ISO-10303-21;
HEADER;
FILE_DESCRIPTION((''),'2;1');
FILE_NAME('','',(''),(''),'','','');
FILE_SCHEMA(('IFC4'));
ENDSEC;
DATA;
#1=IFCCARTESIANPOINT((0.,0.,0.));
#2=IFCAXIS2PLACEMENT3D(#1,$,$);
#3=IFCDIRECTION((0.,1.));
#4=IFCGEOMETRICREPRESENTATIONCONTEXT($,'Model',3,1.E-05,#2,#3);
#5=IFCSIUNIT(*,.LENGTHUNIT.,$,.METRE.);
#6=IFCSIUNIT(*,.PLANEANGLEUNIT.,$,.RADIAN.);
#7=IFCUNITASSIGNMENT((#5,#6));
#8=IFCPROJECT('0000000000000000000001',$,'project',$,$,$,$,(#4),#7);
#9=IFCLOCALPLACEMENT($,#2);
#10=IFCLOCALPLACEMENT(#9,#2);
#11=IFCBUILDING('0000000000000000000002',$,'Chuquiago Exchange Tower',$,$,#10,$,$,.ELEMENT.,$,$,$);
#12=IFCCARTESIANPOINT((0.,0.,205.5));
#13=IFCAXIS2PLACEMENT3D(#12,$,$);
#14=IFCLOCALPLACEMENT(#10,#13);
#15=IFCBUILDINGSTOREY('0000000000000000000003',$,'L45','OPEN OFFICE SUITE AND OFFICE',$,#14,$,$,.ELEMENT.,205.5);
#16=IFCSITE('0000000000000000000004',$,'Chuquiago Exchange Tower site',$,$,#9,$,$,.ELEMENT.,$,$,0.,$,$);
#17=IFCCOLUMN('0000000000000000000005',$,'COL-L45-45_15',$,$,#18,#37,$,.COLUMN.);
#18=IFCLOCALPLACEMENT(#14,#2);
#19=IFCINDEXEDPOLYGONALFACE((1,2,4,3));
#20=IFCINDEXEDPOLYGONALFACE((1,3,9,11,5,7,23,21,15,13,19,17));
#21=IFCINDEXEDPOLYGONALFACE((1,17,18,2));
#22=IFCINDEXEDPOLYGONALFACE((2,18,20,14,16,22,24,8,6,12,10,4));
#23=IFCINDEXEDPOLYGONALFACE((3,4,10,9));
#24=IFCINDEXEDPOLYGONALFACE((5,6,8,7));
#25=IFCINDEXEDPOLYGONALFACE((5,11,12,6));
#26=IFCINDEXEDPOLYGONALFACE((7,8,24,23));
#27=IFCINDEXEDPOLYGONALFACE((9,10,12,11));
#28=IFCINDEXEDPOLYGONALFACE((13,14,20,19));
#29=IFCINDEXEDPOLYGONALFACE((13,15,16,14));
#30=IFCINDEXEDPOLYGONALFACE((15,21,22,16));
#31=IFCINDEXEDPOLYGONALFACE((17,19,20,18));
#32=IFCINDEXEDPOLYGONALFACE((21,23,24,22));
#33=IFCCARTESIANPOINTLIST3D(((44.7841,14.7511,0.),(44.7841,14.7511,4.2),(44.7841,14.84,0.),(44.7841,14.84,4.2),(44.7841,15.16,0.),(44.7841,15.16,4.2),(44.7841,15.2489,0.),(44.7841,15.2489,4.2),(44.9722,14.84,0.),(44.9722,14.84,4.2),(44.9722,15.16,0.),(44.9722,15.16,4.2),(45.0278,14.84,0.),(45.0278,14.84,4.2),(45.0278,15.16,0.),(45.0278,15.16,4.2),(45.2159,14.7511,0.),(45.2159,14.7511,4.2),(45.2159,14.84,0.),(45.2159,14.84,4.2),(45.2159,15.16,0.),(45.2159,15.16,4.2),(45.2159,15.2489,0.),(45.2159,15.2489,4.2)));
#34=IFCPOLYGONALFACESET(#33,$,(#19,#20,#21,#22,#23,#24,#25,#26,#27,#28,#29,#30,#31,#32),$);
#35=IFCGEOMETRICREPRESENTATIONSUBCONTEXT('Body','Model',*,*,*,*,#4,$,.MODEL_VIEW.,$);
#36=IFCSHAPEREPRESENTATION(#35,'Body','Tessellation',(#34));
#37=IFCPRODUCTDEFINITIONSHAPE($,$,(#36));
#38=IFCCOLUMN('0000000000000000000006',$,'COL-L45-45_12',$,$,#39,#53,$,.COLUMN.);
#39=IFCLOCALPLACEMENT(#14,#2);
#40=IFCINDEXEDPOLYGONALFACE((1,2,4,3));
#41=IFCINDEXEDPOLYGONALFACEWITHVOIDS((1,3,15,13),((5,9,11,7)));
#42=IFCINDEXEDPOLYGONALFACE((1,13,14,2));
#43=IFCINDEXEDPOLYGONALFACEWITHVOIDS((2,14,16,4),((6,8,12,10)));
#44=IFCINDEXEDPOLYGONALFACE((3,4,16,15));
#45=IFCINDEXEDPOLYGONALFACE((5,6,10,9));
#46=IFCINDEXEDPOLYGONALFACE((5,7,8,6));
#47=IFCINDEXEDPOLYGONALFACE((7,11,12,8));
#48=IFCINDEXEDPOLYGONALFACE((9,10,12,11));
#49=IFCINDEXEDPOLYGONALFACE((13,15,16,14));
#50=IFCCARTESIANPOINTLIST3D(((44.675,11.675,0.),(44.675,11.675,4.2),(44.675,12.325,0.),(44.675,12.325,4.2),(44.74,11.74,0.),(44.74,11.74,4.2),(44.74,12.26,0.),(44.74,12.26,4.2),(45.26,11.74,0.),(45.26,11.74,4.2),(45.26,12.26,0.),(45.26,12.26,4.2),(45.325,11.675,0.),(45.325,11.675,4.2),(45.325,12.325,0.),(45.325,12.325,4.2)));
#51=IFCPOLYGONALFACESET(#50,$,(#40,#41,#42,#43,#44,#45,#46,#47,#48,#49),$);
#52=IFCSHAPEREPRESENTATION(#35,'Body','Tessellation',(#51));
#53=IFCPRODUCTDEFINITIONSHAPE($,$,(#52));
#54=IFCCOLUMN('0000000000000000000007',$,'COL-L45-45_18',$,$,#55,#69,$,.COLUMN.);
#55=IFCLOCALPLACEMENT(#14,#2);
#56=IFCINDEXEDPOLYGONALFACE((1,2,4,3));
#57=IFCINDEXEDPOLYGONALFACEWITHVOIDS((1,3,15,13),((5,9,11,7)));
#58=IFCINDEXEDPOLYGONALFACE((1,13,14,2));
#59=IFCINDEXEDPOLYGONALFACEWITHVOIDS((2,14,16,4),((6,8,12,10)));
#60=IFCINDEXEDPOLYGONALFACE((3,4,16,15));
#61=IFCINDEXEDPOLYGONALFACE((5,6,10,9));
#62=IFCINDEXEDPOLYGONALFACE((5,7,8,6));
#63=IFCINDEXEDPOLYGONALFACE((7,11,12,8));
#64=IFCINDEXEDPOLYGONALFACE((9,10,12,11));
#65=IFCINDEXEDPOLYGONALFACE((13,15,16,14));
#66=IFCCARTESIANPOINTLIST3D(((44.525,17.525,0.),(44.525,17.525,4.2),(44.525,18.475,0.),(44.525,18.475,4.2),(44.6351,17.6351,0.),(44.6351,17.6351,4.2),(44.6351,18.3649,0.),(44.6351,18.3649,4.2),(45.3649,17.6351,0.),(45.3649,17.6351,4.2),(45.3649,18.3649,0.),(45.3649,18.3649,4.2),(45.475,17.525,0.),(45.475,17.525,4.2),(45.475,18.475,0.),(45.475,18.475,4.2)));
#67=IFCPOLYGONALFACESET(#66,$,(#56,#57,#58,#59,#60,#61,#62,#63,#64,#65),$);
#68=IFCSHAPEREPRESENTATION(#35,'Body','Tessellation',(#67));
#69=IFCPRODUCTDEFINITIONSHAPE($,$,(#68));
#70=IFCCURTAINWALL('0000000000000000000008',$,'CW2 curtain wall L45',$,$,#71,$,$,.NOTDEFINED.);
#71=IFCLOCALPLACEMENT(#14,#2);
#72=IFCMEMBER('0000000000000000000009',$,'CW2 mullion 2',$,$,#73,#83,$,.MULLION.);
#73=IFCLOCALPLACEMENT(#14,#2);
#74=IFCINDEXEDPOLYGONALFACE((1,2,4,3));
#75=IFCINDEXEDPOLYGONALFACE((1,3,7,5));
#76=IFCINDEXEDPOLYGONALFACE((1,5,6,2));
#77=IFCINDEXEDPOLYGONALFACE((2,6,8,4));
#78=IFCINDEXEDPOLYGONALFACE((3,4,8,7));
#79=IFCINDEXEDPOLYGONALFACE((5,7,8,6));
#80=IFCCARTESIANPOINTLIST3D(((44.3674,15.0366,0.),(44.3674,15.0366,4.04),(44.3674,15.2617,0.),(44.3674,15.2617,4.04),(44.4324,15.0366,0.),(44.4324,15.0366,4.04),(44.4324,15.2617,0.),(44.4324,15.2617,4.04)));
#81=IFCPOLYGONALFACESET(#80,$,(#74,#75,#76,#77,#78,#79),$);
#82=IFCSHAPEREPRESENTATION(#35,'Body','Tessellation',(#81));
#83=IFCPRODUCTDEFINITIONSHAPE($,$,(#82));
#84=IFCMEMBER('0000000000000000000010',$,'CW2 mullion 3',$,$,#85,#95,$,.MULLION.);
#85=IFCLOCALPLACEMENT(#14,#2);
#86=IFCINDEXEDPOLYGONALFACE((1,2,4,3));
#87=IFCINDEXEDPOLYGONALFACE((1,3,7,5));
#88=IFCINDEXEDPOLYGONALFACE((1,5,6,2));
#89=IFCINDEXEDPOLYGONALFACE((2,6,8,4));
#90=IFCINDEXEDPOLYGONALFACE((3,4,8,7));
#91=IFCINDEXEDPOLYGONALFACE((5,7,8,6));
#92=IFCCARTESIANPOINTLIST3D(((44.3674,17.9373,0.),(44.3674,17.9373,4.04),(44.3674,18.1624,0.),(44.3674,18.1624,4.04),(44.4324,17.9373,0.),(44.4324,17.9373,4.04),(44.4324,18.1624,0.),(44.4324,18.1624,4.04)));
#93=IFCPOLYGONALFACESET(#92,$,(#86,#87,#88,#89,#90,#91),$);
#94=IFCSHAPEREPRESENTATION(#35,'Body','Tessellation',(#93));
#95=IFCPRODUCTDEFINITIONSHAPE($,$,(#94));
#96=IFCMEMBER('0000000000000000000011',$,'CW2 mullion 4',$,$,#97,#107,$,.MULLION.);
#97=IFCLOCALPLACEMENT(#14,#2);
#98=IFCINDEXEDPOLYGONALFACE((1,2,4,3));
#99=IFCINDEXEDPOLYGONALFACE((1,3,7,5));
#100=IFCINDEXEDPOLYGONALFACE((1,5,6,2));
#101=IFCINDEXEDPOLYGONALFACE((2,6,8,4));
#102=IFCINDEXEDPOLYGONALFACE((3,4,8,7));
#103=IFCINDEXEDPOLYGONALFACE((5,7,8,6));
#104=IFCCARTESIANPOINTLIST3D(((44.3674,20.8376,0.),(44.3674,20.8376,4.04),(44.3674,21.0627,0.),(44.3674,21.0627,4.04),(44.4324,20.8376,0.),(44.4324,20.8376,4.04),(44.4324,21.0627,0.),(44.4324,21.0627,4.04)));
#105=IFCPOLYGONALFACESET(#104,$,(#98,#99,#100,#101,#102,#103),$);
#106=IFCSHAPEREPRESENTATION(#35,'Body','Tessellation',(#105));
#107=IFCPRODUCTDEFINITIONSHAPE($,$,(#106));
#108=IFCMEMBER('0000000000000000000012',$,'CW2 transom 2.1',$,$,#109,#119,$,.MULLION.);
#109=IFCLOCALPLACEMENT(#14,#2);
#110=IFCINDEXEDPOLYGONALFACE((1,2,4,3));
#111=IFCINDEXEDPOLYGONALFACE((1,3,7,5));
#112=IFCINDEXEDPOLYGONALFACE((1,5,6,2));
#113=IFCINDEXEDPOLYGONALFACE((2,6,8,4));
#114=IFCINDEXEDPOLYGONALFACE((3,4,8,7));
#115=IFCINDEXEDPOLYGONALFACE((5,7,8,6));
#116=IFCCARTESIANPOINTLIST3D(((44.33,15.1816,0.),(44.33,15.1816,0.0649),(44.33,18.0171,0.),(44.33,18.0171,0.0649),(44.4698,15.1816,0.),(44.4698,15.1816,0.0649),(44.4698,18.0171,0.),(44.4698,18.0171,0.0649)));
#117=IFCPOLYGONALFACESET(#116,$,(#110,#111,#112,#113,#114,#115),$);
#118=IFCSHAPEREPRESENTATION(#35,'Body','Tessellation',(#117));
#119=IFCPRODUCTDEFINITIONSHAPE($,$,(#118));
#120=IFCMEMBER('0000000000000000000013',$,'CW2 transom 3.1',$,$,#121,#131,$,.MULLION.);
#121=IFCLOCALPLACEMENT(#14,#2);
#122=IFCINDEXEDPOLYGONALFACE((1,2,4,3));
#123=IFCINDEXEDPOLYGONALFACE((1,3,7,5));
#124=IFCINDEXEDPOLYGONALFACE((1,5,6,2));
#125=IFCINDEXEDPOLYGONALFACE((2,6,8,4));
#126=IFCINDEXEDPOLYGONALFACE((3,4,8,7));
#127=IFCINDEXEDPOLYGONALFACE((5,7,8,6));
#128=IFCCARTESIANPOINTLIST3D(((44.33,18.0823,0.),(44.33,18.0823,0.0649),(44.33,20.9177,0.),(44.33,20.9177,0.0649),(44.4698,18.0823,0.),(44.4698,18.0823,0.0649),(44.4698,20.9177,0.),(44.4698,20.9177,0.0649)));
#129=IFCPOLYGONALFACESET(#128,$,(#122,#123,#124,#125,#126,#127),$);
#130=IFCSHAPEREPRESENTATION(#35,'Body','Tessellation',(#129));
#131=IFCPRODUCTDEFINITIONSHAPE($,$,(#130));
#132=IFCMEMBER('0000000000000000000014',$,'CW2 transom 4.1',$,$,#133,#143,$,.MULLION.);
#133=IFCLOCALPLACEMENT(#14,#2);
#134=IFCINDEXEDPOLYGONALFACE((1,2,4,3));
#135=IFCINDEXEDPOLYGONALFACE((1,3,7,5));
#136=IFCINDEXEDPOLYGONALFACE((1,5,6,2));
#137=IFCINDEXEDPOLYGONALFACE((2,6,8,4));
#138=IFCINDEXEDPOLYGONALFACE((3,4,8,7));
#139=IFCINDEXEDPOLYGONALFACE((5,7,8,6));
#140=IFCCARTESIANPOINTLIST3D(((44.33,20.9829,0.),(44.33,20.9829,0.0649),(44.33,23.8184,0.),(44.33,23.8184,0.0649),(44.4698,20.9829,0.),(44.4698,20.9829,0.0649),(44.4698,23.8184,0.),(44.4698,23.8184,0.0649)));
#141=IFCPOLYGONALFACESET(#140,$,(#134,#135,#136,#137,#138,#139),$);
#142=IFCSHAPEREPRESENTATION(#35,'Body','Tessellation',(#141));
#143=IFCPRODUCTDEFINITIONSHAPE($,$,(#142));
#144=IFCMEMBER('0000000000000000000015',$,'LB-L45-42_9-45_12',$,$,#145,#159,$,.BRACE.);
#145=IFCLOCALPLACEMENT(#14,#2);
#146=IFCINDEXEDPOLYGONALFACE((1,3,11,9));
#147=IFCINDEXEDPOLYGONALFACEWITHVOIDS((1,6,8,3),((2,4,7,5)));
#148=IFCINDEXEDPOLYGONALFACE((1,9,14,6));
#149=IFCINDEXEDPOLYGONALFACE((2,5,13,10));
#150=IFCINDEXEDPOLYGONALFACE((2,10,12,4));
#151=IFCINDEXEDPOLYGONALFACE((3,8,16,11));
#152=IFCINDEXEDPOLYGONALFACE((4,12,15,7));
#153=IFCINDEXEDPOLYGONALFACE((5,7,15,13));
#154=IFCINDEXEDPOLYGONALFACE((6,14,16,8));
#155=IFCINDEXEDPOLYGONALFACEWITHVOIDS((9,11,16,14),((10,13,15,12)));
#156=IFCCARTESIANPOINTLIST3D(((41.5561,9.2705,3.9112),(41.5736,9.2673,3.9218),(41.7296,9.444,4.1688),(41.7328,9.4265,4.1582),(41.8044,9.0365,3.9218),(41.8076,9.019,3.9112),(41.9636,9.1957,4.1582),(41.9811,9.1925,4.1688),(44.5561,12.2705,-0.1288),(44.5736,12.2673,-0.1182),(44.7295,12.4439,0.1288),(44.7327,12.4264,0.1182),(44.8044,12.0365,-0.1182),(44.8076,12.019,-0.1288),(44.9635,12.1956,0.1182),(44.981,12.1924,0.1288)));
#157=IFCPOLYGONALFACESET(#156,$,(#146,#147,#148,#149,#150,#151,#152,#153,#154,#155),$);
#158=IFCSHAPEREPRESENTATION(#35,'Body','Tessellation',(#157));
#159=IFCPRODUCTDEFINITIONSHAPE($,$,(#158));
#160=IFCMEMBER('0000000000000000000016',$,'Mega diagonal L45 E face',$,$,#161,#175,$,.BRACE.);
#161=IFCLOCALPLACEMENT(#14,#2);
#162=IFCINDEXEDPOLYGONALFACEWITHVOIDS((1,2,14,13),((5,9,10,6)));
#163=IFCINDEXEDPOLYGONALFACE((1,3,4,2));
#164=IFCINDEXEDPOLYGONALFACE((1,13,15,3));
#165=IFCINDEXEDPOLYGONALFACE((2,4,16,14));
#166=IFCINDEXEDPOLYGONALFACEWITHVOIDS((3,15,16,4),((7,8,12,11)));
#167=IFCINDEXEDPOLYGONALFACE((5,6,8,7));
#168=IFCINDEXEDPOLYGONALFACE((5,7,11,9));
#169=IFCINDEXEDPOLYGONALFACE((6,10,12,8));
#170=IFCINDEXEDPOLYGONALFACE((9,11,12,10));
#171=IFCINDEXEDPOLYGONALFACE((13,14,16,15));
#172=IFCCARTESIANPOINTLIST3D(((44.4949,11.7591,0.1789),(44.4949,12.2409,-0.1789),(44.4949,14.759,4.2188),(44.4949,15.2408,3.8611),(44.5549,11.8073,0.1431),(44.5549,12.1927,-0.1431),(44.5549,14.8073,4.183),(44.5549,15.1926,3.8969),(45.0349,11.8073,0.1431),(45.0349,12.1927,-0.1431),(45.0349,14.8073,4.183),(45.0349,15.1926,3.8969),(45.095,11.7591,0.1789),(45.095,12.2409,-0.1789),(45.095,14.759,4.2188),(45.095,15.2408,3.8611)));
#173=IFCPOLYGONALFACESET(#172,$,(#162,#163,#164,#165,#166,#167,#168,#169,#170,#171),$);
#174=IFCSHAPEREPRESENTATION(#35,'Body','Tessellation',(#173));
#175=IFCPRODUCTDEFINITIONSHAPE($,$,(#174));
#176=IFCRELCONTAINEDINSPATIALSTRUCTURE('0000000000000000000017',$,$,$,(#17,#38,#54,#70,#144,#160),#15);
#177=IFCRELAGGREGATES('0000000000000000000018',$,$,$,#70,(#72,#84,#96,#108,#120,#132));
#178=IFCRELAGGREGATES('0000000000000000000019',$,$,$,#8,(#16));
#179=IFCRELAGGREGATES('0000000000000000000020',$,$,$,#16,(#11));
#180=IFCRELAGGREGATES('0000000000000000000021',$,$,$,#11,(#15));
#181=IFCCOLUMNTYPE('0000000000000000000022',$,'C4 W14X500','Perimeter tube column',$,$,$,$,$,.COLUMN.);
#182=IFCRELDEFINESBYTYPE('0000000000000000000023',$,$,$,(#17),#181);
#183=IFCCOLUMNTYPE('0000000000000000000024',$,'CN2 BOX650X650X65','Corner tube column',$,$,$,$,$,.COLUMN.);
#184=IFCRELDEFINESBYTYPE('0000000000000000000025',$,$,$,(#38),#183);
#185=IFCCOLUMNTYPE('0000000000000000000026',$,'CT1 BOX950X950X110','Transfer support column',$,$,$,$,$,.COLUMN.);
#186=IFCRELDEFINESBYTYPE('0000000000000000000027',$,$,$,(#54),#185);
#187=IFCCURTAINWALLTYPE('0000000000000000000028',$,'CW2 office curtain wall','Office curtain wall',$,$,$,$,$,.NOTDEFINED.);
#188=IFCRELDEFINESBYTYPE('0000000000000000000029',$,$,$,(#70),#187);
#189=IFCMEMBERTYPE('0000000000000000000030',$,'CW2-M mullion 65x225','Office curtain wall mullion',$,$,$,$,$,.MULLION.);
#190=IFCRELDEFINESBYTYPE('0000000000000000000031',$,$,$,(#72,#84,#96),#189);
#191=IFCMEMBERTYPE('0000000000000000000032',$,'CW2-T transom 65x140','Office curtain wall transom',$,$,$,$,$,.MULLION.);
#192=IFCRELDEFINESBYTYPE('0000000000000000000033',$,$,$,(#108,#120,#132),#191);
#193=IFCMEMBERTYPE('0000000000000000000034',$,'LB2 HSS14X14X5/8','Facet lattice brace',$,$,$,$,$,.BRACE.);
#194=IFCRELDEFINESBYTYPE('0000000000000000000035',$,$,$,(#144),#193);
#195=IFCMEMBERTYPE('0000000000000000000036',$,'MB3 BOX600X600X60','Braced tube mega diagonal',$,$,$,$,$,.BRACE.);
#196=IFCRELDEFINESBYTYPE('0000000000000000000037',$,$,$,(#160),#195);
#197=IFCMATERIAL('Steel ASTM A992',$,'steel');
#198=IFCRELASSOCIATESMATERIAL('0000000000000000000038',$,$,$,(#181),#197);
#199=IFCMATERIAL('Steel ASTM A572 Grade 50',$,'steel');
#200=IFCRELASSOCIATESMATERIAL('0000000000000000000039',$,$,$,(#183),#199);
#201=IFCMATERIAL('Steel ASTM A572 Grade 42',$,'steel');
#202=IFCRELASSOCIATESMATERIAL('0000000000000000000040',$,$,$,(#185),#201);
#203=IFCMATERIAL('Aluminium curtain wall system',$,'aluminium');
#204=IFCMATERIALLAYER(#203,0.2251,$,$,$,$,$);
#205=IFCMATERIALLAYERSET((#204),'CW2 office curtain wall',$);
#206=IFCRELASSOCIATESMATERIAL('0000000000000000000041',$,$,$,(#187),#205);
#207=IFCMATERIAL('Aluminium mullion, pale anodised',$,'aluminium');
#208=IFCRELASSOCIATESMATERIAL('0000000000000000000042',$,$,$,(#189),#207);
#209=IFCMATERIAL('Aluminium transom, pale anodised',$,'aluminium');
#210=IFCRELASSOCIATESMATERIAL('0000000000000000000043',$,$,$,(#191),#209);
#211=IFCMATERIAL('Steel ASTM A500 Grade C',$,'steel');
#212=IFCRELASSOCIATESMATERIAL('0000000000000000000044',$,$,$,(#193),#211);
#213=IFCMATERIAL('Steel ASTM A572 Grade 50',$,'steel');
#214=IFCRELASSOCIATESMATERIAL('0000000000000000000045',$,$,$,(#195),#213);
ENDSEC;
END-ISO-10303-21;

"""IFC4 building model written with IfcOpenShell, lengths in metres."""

from ifc_helpers import new_model, si_unit, direction, frame, origin, origin_2d, place, context, subcontext, project, spatial, rectangle, hollow_rectangle, i_section, extrude, material, layer, layer_set, material_profile, profile_set, type_object, element, aggregate, save


model = new_model("IFC4")

# Units and contexts
model_context = context("Model", 3, precision=1e-05, world=origin(), true_north=direction((0.0, 1.0)))
body_context = subcontext(model_context, "Body", "Model", "MODEL_VIEW")
ifc_project = project(units=[si_unit("LENGTHUNIT", "METRE"), si_unit("PLANEANGLEUNIT", "RADIAN")], contexts=[model_context])

# Site, building, storey
site_placement = place(None, origin())
site = spatial("IfcSite", under=ifc_project, at=site_placement, Name="Chuquiago Exchange Tower site", CompositionType="ELEMENT", RefElevation=0.0)
building_placement = place(site_placement, origin())
building = spatial("IfcBuilding", under=site, at=building_placement, Name="Chuquiago Exchange Tower", CompositionType="ELEMENT")
storey_placement = place(building_placement, frame((0.0, 0.0, 205.5)))
storey = spatial("IfcBuildingStorey", under=building, at=storey_placement, Name="L45", Description="OPEN OFFICE SUITE AND OFFICE", CompositionType="ELEMENT", Elevation=205.5)

# Columns
ifc_material_1 = material(Name="Steel ASTM A992", Category="steel")
ifc_material_profile_1 = material_profile(ifc_material_1, i_section(OverallWidth=0.4319, OverallDepth=0.4978, WebThickness=0.0557, FlangeThickness=0.0889, at=origin_2d()), Name="W14X500")
ifc_profile_set_1 = profile_set([ifc_material_profile_1], Name="Steel ASTM A992")
column_type_1 = type_object("IfcColumnType", Name="C4 W14X500", Description="Perimeter tube column", PredefinedType="COLUMN", material=ifc_profile_set_1)
column_1_placement = place(storey_placement, frame((45.0, 15.0, 0.0), z_axis=(0.0, 0.0, 1.0), x_axis=(1.0, 0.0, 0.0)))
element("IfcColumn", 1, at=column_1_placement, inside=storey, type_object=column_type_1, Name="COL-L45-45_15", PredefinedType="COLUMN", context=body_context, shape_type="SweptSolid", body=[
    extrude(i_section(OverallWidth=0.4319, OverallDepth=0.4978, WebThickness=0.0557, FlangeThickness=0.0889, at=origin_2d()), origin(), (0.0, 0.0, 1.0), 4.2),
])
ifc_material_2 = material(Name="Steel ASTM A572 Grade 50", Category="steel")
ifc_material_profile_2 = material_profile(ifc_material_2, hollow_rectangle(XDim=0.6499, YDim=0.6499, WallThickness=0.0649, at=origin_2d()), Name="BOX650X650X65")
ifc_profile_set_2 = profile_set([ifc_material_profile_2], Name="Steel ASTM A572 Grade 50")
column_type_2 = type_object("IfcColumnType", Name="CN2 BOX650X650X65", Description="Corner tube column", PredefinedType="COLUMN", material=ifc_profile_set_2)
column_2_placement = place(storey_placement, frame((45.0, 12.0, 0.0), z_axis=(0.0, 0.0, 1.0), x_axis=(1.0, 0.0, 0.0)))
element("IfcColumn", 2, at=column_2_placement, inside=storey, type_object=column_type_2, Name="COL-L45-45_12", PredefinedType="COLUMN", context=body_context, shape_type="SweptSolid", body=[
    extrude(hollow_rectangle(XDim=0.6499, YDim=0.6499, WallThickness=0.0649, at=origin_2d()), origin(), (0.0, 0.0, 1.0), 4.2),
])
ifc_material_3 = material(Name="Steel ASTM A572 Grade 42", Category="steel")
ifc_material_profile_3 = material_profile(ifc_material_3, hollow_rectangle(XDim=0.95, YDim=0.95, WallThickness=0.1101, at=origin_2d()), Name="BOX950X950X110")
ifc_profile_set_3 = profile_set([ifc_material_profile_3], Name="Steel ASTM A572 Grade 42")
column_type_3 = type_object("IfcColumnType", Name="CT1 BOX950X950X110", Description="Transfer support column", PredefinedType="COLUMN", material=ifc_profile_set_3)
column_3_placement = place(storey_placement, frame((45.0, 18.0, 0.0), z_axis=(0.0, 0.0, 1.0), x_axis=(1.0, 0.0, 0.0)))
element("IfcColumn", 3, at=column_3_placement, inside=storey, type_object=column_type_3, Name="COL-L45-45_18", PredefinedType="COLUMN", context=body_context, shape_type="SweptSolid", body=[
    extrude(hollow_rectangle(XDim=0.95, YDim=0.95, WallThickness=0.1101, at=origin_2d()), origin(), (0.0, 0.0, 1.0), 4.2),
])

# Curtain wall, members
ifc_material_4 = material(Name="Aluminium curtain wall system", Category="aluminium")
ifc_layer_1 = layer(ifc_material_4, 0.2251)
ifc_layer_set_1 = layer_set([ifc_layer_1], Name="CW2 office curtain wall")
curtain_wall_type = type_object("IfcCurtainWallType", Name="CW2 office curtain wall", Description="Office curtain wall", PredefinedType="NOTDEFINED", material=ifc_layer_set_1)
curtain_wall_placement = place(storey_placement, origin())
curtain_wall = element("IfcCurtainWall", 4, at=curtain_wall_placement, inside=storey, type_object=curtain_wall_type, Name="CW2 curtain wall L45", PredefinedType="NOTDEFINED")
ifc_material_5 = material(Name="Aluminium mullion, pale anodised", Category="aluminium")
ifc_material_profile_4 = material_profile(ifc_material_5, rectangle(XDim=0.0649, YDim=0.2251, at=origin_2d()), Name="AL 65x225")
ifc_profile_set_4 = profile_set([ifc_material_profile_4], Name="Aluminium mullion, pale anodised")
member_type_1 = type_object("IfcMemberType", Name="CW2-M mullion 65x225", Description="Office curtain wall mullion", PredefinedType="MULLION", material=ifc_profile_set_4)
member_1_placement = place(storey_placement, frame((44.3999, 15.1492, 0.0), z_axis=(0.0, 0.0, 1.0), x_axis=(-1.0, 0.0, 0.0)))
member_1 = element("IfcMember", 5, at=member_1_placement, type_object=member_type_1, Name="CW2 mullion 2", PredefinedType="MULLION", context=body_context, shape_type="SweptSolid", body=[
    extrude(rectangle(XDim=0.0649, YDim=0.2251, at=origin_2d()), origin(), (0.0, 0.0, 1.0), 4.04),
])
member_2_placement = place(storey_placement, frame((44.3999, 18.0498, 0.0), z_axis=(0.0, 0.0, 1.0), x_axis=(-1.0, 0.0, 0.0)))
member_2 = element("IfcMember", 6, at=member_2_placement, type_object=member_type_1, Name="CW2 mullion 3", PredefinedType="MULLION", context=body_context, shape_type="SweptSolid", body=[
    extrude(rectangle(XDim=0.0649, YDim=0.2251, at=origin_2d()), origin(), (0.0, 0.0, 1.0), 4.04),
])
member_3_placement = place(storey_placement, frame((44.3999, 20.9502, 0.0), z_axis=(0.0, 0.0, 1.0), x_axis=(-1.0, 0.0, 0.0)))
member_3 = element("IfcMember", 7, at=member_3_placement, type_object=member_type_1, Name="CW2 mullion 4", PredefinedType="MULLION", context=body_context, shape_type="SweptSolid", body=[
    extrude(rectangle(XDim=0.0649, YDim=0.2251, at=origin_2d()), origin(), (0.0, 0.0, 1.0), 4.04),
])
ifc_material_6 = material(Name="Aluminium transom, pale anodised", Category="aluminium")
ifc_material_profile_5 = material_profile(ifc_material_6, rectangle(XDim=0.1399, YDim=0.0649, at=origin_2d()), Name="AL 140x65")
ifc_profile_set_5 = profile_set([ifc_material_profile_5], Name="Aluminium transom, pale anodised")
member_type_2 = type_object("IfcMemberType", Name="CW2-T transom 65x140", Description="Office curtain wall transom", PredefinedType="MULLION", material=ifc_profile_set_5)
member_4_placement = place(storey_placement, frame((44.3999, 15.1816, 0.0325), z_axis=(0.0, 1.0, 0.0), x_axis=(-1.0, 0.0, 0.0)))
member_4 = element("IfcMember", 8, at=member_4_placement, type_object=member_type_2, Name="CW2 transom 2.1", PredefinedType="MULLION", context=body_context, shape_type="SweptSolid", body=[
    extrude(rectangle(XDim=0.1399, YDim=0.0649, at=origin_2d()), origin(), (0.0, 0.0, 1.0), 2.8354),
])
member_5_placement = place(storey_placement, frame((44.3999, 18.0823, 0.0325), z_axis=(0.0, 1.0, 0.0), x_axis=(-1.0, 0.0, 0.0)))
member_5 = element("IfcMember", 9, at=member_5_placement, type_object=member_type_2, Name="CW2 transom 3.1", PredefinedType="MULLION", context=body_context, shape_type="SweptSolid", body=[
    extrude(rectangle(XDim=0.1399, YDim=0.0649, at=origin_2d()), origin(), (0.0, 0.0, 1.0), 2.8354),
])
member_6_placement = place(storey_placement, frame((44.3999, 20.9829, 0.0325), z_axis=(0.0, 1.0, 0.0), x_axis=(-1.0, 0.0, 0.0)))
member_6 = element("IfcMember", 10, at=member_6_placement, type_object=member_type_2, Name="CW2 transom 4.1", PredefinedType="MULLION", context=body_context, shape_type="SweptSolid", body=[
    extrude(rectangle(XDim=0.1399, YDim=0.0649, at=origin_2d()), origin(), (0.0, 0.0, 1.0), 2.8354),
])

# Members
ifc_material_7 = material(Name="Steel ASTM A500 Grade C", Category="steel")
ifc_material_profile_6 = material_profile(ifc_material_7, hollow_rectangle(XDim=0.3557, YDim=0.3557, WallThickness=0.0146, at=origin_2d()), Name="HSS14X14X5/8")
ifc_profile_set_6 = profile_set([ifc_material_profile_6], Name="Steel ASTM A500 Grade C")
member_type_3 = type_object("IfcMemberType", Name="LB2 HSS14X14X5/8", Description="Facet lattice brace", PredefinedType="BRACE", material=ifc_profile_set_6)
member_7_placement = place(storey_placement, frame((44.7686, 12.2314, 0.0), z_axis=(-0.512077, -0.512077, 0.689604), x_axis=(0.707107, -0.707107, 0.0)))
element("IfcMember", 11, at=member_7_placement, inside=storey, type_object=member_type_3, Name="LB-L45-42_9-45_12", PredefinedType="BRACE", context=body_context, shape_type="SweptSolid", body=[
    extrude(hollow_rectangle(XDim=0.3557, YDim=0.3557, WallThickness=0.0146, at=origin_2d()), origin(), (0.0, 0.0, 1.0), 5.8584),
])
ifc_material_8 = material(Name="Steel ASTM A572 Grade 50", Category="steel")
ifc_material_profile_7 = material_profile(ifc_material_8, hollow_rectangle(XDim=0.6001, YDim=0.6001, WallThickness=0.0601, at=origin_2d()), Name="BOX600X600X60")
ifc_profile_set_7 = profile_set([ifc_material_profile_7], Name="Steel ASTM A572 Grade 50")
member_type_4 = type_object("IfcMemberType", Name="MB3 BOX600X600X60", Description="Braced tube mega diagonal", PredefinedType="BRACE", material=ifc_profile_set_7)
for number, where, z_axis, x_axis, name in (
    (12, (44.7949, 12.0, 0.0), (0.0, 0.596174, 0.802855), (-1.0, 0.0, 0.0), "Mega diagonal L45 E face"),
):
    element("IfcMember", number, at=place(storey_placement, frame(where, z_axis=z_axis, x_axis=x_axis)), inside=storey, type_object=member_type_4, Name=name, PredefinedType="BRACE", context=body_context, shape_type="SweptSolid", body=[
        extrude(hollow_rectangle(XDim=0.6001, YDim=0.6001, WallThickness=0.0601, at=origin_2d()), origin(), (0.0, 0.0, 1.0), 5.032),
    ])

aggregate(curtain_wall, [member_1, member_2, member_3, member_4, member_5, member_6])

save(model, "model.ifc")
